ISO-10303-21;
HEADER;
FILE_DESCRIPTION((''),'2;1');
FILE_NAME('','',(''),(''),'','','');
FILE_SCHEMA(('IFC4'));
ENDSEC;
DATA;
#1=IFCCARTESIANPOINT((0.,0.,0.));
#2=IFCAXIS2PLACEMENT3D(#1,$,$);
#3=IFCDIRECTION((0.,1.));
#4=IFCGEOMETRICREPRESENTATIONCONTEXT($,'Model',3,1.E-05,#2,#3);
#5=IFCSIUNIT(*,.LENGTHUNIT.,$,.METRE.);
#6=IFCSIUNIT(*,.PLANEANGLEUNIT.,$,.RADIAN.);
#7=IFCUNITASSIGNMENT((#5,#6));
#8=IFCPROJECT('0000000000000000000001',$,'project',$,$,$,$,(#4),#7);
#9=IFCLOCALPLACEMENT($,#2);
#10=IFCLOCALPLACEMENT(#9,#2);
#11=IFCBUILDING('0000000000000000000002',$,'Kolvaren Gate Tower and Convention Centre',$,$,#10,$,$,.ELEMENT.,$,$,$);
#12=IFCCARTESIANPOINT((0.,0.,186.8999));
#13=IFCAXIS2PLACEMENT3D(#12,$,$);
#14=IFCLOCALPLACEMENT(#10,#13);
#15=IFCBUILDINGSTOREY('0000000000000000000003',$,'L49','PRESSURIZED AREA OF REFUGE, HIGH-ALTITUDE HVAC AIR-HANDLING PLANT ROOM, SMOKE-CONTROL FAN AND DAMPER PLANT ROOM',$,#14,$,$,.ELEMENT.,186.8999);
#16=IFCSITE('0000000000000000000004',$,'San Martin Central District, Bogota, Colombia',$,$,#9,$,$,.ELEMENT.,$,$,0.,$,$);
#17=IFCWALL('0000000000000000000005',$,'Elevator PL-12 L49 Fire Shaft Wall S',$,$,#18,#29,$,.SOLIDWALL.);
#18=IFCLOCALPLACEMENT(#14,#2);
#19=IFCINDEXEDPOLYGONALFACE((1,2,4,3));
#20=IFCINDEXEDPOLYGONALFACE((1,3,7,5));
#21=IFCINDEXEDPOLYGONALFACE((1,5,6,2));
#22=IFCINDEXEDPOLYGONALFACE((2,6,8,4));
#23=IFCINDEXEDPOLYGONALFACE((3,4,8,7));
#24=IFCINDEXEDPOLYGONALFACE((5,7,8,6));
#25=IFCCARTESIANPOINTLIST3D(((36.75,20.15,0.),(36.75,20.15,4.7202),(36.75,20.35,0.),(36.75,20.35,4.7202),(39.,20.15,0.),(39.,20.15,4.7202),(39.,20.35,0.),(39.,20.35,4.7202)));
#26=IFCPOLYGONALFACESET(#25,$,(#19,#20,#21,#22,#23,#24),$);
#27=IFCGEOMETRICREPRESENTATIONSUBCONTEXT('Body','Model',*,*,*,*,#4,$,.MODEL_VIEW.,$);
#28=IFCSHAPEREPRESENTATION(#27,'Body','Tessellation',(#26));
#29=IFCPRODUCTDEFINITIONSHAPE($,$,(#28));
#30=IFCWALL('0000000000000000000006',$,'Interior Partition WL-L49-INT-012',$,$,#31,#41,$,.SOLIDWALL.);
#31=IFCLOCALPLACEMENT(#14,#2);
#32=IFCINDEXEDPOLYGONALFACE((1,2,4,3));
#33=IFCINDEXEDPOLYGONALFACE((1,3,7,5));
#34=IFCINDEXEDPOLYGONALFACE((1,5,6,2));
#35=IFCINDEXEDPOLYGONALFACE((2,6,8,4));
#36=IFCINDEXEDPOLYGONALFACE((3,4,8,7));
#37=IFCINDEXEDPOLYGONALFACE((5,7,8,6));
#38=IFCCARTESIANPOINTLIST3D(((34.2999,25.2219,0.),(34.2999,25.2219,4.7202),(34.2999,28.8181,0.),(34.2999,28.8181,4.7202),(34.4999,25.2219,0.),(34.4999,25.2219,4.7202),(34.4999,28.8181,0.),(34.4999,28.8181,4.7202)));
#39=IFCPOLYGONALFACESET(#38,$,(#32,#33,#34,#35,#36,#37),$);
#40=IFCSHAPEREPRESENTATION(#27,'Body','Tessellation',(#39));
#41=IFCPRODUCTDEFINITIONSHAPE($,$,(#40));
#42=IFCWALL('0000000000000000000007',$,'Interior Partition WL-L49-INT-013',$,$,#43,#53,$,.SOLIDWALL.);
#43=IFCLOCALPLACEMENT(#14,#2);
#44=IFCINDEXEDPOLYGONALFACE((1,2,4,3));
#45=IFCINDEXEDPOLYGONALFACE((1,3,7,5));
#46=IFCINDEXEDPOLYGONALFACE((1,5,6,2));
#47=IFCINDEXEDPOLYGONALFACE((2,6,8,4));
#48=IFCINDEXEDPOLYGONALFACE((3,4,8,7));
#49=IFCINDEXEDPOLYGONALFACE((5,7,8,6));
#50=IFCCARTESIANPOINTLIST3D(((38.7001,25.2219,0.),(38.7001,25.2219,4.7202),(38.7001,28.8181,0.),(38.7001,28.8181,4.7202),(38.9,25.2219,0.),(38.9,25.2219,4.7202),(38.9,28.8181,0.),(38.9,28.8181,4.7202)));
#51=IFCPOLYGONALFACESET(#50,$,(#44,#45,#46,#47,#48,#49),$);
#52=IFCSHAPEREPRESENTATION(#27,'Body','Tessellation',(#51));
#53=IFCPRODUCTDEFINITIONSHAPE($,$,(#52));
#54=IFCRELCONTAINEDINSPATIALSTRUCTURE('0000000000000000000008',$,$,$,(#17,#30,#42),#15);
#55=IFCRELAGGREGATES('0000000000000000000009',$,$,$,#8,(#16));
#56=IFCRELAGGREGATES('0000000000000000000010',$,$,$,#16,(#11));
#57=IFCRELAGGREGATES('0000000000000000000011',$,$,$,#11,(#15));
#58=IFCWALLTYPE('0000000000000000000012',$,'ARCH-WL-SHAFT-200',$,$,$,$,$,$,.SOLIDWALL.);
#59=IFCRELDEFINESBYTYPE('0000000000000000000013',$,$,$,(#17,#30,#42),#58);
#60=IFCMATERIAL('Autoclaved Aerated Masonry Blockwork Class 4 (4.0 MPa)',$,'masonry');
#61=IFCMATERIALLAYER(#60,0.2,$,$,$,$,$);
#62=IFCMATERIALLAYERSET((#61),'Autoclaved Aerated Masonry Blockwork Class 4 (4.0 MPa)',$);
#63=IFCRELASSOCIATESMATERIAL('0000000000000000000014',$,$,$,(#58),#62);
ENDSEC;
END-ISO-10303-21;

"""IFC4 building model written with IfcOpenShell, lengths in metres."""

from ifc_helpers import new_model, si_unit, direction, frame, frame_2d, origin, place, context, subcontext, project, spatial, rectangle, extrude, material, layer, layer_set, type_object, element, save


model = new_model("IFC4")

# Units and contexts
model_context = context("Model", 3, precision=1e-05, world=origin(), true_north=direction((0.0, 1.0)))
body_context = subcontext(model_context, "Body", "Model", "MODEL_VIEW")
ifc_project = project(units=[si_unit("LENGTHUNIT", "METRE"), si_unit("PLANEANGLEUNIT", "RADIAN")], contexts=[model_context])

# Site, building, storey
site_placement = place(None, origin())
site = spatial("IfcSite", under=ifc_project, at=site_placement, Name="San Martin Central District, Bogota, Colombia", CompositionType="ELEMENT", RefElevation=0.0)
building_placement = place(site_placement, origin())
building = spatial("IfcBuilding", under=site, at=building_placement, Name="Kolvaren Gate Tower and Convention Centre", CompositionType="ELEMENT")
storey_placement = place(building_placement, frame((0.0, 0.0, 186.8999)))
storey = spatial("IfcBuildingStorey", under=building, at=storey_placement, Name="L49", Description="PRESSURIZED AREA OF REFUGE, HIGH-ALTITUDE HVAC AIR-HANDLING PLANT ROOM, SMOKE-CONTROL FAN AND DAMPER PLANT ROOM", CompositionType="ELEMENT", Elevation=186.8999)

# Shared definitions
ifc_material_1 = material(Name="Autoclaved Aerated Masonry Blockwork Class 4 (4.0 MPa)", Category="masonry")
ifc_layer = layer(ifc_material_1, 0.2)
ifc_layer_set = layer_set([ifc_layer], Name="Autoclaved Aerated Masonry Blockwork Class 4 (4.0 MPa)")
wall_type = type_object("IfcWallType", Name="ARCH-WL-SHAFT-200", PredefinedType="SOLIDWALL", material=ifc_layer_set)

# Walls
for number, where, z_axis, x_axis, name in (
    (1, (36.75, 20.25, 0.0), (0.0, 0.0, 1.0), (1.0, 0.0, 0.0), "Elevator PL-12 L49 Fire Shaft Wall S"),
):
    element("IfcWall", number, at=place(storey_placement, frame(where, z_axis=z_axis, x_axis=x_axis)), inside=storey, type_object=wall_type, Name=name, PredefinedType="SOLIDWALL", context=body_context, shape_type="SweptSolid", body=[
        extrude(rectangle(XDim=2.25, YDim=0.2, at=frame_2d((1.125, 0.0))), origin(), (0.0, 0.0, 1.0), 4.7202),
    ])
for number, where, z_axis, x_axis, name in (
    (2, (34.3999, 25.2219, 0.0), (0.0, 0.0, 1.0), (0.0, 1.0, 0.0), "Interior Partition WL-L49-INT-012"),
    (3, (38.8, 25.2219, 0.0), (0.0, 0.0, 1.0), (0.0, 1.0, 0.0), "Interior Partition WL-L49-INT-013"),
):
    element("IfcWall", number, at=place(storey_placement, frame(where, z_axis=z_axis, x_axis=x_axis)), inside=storey, type_object=wall_type, Name=name, PredefinedType="SOLIDWALL", context=body_context, shape_type="SweptSolid", body=[
        extrude(rectangle(XDim=3.5962, YDim=0.2, at=frame_2d((1.7981, 0.0))), origin(), (0.0, 0.0, 1.0), 4.7202),
    ])

save(model, "model.ifc")
